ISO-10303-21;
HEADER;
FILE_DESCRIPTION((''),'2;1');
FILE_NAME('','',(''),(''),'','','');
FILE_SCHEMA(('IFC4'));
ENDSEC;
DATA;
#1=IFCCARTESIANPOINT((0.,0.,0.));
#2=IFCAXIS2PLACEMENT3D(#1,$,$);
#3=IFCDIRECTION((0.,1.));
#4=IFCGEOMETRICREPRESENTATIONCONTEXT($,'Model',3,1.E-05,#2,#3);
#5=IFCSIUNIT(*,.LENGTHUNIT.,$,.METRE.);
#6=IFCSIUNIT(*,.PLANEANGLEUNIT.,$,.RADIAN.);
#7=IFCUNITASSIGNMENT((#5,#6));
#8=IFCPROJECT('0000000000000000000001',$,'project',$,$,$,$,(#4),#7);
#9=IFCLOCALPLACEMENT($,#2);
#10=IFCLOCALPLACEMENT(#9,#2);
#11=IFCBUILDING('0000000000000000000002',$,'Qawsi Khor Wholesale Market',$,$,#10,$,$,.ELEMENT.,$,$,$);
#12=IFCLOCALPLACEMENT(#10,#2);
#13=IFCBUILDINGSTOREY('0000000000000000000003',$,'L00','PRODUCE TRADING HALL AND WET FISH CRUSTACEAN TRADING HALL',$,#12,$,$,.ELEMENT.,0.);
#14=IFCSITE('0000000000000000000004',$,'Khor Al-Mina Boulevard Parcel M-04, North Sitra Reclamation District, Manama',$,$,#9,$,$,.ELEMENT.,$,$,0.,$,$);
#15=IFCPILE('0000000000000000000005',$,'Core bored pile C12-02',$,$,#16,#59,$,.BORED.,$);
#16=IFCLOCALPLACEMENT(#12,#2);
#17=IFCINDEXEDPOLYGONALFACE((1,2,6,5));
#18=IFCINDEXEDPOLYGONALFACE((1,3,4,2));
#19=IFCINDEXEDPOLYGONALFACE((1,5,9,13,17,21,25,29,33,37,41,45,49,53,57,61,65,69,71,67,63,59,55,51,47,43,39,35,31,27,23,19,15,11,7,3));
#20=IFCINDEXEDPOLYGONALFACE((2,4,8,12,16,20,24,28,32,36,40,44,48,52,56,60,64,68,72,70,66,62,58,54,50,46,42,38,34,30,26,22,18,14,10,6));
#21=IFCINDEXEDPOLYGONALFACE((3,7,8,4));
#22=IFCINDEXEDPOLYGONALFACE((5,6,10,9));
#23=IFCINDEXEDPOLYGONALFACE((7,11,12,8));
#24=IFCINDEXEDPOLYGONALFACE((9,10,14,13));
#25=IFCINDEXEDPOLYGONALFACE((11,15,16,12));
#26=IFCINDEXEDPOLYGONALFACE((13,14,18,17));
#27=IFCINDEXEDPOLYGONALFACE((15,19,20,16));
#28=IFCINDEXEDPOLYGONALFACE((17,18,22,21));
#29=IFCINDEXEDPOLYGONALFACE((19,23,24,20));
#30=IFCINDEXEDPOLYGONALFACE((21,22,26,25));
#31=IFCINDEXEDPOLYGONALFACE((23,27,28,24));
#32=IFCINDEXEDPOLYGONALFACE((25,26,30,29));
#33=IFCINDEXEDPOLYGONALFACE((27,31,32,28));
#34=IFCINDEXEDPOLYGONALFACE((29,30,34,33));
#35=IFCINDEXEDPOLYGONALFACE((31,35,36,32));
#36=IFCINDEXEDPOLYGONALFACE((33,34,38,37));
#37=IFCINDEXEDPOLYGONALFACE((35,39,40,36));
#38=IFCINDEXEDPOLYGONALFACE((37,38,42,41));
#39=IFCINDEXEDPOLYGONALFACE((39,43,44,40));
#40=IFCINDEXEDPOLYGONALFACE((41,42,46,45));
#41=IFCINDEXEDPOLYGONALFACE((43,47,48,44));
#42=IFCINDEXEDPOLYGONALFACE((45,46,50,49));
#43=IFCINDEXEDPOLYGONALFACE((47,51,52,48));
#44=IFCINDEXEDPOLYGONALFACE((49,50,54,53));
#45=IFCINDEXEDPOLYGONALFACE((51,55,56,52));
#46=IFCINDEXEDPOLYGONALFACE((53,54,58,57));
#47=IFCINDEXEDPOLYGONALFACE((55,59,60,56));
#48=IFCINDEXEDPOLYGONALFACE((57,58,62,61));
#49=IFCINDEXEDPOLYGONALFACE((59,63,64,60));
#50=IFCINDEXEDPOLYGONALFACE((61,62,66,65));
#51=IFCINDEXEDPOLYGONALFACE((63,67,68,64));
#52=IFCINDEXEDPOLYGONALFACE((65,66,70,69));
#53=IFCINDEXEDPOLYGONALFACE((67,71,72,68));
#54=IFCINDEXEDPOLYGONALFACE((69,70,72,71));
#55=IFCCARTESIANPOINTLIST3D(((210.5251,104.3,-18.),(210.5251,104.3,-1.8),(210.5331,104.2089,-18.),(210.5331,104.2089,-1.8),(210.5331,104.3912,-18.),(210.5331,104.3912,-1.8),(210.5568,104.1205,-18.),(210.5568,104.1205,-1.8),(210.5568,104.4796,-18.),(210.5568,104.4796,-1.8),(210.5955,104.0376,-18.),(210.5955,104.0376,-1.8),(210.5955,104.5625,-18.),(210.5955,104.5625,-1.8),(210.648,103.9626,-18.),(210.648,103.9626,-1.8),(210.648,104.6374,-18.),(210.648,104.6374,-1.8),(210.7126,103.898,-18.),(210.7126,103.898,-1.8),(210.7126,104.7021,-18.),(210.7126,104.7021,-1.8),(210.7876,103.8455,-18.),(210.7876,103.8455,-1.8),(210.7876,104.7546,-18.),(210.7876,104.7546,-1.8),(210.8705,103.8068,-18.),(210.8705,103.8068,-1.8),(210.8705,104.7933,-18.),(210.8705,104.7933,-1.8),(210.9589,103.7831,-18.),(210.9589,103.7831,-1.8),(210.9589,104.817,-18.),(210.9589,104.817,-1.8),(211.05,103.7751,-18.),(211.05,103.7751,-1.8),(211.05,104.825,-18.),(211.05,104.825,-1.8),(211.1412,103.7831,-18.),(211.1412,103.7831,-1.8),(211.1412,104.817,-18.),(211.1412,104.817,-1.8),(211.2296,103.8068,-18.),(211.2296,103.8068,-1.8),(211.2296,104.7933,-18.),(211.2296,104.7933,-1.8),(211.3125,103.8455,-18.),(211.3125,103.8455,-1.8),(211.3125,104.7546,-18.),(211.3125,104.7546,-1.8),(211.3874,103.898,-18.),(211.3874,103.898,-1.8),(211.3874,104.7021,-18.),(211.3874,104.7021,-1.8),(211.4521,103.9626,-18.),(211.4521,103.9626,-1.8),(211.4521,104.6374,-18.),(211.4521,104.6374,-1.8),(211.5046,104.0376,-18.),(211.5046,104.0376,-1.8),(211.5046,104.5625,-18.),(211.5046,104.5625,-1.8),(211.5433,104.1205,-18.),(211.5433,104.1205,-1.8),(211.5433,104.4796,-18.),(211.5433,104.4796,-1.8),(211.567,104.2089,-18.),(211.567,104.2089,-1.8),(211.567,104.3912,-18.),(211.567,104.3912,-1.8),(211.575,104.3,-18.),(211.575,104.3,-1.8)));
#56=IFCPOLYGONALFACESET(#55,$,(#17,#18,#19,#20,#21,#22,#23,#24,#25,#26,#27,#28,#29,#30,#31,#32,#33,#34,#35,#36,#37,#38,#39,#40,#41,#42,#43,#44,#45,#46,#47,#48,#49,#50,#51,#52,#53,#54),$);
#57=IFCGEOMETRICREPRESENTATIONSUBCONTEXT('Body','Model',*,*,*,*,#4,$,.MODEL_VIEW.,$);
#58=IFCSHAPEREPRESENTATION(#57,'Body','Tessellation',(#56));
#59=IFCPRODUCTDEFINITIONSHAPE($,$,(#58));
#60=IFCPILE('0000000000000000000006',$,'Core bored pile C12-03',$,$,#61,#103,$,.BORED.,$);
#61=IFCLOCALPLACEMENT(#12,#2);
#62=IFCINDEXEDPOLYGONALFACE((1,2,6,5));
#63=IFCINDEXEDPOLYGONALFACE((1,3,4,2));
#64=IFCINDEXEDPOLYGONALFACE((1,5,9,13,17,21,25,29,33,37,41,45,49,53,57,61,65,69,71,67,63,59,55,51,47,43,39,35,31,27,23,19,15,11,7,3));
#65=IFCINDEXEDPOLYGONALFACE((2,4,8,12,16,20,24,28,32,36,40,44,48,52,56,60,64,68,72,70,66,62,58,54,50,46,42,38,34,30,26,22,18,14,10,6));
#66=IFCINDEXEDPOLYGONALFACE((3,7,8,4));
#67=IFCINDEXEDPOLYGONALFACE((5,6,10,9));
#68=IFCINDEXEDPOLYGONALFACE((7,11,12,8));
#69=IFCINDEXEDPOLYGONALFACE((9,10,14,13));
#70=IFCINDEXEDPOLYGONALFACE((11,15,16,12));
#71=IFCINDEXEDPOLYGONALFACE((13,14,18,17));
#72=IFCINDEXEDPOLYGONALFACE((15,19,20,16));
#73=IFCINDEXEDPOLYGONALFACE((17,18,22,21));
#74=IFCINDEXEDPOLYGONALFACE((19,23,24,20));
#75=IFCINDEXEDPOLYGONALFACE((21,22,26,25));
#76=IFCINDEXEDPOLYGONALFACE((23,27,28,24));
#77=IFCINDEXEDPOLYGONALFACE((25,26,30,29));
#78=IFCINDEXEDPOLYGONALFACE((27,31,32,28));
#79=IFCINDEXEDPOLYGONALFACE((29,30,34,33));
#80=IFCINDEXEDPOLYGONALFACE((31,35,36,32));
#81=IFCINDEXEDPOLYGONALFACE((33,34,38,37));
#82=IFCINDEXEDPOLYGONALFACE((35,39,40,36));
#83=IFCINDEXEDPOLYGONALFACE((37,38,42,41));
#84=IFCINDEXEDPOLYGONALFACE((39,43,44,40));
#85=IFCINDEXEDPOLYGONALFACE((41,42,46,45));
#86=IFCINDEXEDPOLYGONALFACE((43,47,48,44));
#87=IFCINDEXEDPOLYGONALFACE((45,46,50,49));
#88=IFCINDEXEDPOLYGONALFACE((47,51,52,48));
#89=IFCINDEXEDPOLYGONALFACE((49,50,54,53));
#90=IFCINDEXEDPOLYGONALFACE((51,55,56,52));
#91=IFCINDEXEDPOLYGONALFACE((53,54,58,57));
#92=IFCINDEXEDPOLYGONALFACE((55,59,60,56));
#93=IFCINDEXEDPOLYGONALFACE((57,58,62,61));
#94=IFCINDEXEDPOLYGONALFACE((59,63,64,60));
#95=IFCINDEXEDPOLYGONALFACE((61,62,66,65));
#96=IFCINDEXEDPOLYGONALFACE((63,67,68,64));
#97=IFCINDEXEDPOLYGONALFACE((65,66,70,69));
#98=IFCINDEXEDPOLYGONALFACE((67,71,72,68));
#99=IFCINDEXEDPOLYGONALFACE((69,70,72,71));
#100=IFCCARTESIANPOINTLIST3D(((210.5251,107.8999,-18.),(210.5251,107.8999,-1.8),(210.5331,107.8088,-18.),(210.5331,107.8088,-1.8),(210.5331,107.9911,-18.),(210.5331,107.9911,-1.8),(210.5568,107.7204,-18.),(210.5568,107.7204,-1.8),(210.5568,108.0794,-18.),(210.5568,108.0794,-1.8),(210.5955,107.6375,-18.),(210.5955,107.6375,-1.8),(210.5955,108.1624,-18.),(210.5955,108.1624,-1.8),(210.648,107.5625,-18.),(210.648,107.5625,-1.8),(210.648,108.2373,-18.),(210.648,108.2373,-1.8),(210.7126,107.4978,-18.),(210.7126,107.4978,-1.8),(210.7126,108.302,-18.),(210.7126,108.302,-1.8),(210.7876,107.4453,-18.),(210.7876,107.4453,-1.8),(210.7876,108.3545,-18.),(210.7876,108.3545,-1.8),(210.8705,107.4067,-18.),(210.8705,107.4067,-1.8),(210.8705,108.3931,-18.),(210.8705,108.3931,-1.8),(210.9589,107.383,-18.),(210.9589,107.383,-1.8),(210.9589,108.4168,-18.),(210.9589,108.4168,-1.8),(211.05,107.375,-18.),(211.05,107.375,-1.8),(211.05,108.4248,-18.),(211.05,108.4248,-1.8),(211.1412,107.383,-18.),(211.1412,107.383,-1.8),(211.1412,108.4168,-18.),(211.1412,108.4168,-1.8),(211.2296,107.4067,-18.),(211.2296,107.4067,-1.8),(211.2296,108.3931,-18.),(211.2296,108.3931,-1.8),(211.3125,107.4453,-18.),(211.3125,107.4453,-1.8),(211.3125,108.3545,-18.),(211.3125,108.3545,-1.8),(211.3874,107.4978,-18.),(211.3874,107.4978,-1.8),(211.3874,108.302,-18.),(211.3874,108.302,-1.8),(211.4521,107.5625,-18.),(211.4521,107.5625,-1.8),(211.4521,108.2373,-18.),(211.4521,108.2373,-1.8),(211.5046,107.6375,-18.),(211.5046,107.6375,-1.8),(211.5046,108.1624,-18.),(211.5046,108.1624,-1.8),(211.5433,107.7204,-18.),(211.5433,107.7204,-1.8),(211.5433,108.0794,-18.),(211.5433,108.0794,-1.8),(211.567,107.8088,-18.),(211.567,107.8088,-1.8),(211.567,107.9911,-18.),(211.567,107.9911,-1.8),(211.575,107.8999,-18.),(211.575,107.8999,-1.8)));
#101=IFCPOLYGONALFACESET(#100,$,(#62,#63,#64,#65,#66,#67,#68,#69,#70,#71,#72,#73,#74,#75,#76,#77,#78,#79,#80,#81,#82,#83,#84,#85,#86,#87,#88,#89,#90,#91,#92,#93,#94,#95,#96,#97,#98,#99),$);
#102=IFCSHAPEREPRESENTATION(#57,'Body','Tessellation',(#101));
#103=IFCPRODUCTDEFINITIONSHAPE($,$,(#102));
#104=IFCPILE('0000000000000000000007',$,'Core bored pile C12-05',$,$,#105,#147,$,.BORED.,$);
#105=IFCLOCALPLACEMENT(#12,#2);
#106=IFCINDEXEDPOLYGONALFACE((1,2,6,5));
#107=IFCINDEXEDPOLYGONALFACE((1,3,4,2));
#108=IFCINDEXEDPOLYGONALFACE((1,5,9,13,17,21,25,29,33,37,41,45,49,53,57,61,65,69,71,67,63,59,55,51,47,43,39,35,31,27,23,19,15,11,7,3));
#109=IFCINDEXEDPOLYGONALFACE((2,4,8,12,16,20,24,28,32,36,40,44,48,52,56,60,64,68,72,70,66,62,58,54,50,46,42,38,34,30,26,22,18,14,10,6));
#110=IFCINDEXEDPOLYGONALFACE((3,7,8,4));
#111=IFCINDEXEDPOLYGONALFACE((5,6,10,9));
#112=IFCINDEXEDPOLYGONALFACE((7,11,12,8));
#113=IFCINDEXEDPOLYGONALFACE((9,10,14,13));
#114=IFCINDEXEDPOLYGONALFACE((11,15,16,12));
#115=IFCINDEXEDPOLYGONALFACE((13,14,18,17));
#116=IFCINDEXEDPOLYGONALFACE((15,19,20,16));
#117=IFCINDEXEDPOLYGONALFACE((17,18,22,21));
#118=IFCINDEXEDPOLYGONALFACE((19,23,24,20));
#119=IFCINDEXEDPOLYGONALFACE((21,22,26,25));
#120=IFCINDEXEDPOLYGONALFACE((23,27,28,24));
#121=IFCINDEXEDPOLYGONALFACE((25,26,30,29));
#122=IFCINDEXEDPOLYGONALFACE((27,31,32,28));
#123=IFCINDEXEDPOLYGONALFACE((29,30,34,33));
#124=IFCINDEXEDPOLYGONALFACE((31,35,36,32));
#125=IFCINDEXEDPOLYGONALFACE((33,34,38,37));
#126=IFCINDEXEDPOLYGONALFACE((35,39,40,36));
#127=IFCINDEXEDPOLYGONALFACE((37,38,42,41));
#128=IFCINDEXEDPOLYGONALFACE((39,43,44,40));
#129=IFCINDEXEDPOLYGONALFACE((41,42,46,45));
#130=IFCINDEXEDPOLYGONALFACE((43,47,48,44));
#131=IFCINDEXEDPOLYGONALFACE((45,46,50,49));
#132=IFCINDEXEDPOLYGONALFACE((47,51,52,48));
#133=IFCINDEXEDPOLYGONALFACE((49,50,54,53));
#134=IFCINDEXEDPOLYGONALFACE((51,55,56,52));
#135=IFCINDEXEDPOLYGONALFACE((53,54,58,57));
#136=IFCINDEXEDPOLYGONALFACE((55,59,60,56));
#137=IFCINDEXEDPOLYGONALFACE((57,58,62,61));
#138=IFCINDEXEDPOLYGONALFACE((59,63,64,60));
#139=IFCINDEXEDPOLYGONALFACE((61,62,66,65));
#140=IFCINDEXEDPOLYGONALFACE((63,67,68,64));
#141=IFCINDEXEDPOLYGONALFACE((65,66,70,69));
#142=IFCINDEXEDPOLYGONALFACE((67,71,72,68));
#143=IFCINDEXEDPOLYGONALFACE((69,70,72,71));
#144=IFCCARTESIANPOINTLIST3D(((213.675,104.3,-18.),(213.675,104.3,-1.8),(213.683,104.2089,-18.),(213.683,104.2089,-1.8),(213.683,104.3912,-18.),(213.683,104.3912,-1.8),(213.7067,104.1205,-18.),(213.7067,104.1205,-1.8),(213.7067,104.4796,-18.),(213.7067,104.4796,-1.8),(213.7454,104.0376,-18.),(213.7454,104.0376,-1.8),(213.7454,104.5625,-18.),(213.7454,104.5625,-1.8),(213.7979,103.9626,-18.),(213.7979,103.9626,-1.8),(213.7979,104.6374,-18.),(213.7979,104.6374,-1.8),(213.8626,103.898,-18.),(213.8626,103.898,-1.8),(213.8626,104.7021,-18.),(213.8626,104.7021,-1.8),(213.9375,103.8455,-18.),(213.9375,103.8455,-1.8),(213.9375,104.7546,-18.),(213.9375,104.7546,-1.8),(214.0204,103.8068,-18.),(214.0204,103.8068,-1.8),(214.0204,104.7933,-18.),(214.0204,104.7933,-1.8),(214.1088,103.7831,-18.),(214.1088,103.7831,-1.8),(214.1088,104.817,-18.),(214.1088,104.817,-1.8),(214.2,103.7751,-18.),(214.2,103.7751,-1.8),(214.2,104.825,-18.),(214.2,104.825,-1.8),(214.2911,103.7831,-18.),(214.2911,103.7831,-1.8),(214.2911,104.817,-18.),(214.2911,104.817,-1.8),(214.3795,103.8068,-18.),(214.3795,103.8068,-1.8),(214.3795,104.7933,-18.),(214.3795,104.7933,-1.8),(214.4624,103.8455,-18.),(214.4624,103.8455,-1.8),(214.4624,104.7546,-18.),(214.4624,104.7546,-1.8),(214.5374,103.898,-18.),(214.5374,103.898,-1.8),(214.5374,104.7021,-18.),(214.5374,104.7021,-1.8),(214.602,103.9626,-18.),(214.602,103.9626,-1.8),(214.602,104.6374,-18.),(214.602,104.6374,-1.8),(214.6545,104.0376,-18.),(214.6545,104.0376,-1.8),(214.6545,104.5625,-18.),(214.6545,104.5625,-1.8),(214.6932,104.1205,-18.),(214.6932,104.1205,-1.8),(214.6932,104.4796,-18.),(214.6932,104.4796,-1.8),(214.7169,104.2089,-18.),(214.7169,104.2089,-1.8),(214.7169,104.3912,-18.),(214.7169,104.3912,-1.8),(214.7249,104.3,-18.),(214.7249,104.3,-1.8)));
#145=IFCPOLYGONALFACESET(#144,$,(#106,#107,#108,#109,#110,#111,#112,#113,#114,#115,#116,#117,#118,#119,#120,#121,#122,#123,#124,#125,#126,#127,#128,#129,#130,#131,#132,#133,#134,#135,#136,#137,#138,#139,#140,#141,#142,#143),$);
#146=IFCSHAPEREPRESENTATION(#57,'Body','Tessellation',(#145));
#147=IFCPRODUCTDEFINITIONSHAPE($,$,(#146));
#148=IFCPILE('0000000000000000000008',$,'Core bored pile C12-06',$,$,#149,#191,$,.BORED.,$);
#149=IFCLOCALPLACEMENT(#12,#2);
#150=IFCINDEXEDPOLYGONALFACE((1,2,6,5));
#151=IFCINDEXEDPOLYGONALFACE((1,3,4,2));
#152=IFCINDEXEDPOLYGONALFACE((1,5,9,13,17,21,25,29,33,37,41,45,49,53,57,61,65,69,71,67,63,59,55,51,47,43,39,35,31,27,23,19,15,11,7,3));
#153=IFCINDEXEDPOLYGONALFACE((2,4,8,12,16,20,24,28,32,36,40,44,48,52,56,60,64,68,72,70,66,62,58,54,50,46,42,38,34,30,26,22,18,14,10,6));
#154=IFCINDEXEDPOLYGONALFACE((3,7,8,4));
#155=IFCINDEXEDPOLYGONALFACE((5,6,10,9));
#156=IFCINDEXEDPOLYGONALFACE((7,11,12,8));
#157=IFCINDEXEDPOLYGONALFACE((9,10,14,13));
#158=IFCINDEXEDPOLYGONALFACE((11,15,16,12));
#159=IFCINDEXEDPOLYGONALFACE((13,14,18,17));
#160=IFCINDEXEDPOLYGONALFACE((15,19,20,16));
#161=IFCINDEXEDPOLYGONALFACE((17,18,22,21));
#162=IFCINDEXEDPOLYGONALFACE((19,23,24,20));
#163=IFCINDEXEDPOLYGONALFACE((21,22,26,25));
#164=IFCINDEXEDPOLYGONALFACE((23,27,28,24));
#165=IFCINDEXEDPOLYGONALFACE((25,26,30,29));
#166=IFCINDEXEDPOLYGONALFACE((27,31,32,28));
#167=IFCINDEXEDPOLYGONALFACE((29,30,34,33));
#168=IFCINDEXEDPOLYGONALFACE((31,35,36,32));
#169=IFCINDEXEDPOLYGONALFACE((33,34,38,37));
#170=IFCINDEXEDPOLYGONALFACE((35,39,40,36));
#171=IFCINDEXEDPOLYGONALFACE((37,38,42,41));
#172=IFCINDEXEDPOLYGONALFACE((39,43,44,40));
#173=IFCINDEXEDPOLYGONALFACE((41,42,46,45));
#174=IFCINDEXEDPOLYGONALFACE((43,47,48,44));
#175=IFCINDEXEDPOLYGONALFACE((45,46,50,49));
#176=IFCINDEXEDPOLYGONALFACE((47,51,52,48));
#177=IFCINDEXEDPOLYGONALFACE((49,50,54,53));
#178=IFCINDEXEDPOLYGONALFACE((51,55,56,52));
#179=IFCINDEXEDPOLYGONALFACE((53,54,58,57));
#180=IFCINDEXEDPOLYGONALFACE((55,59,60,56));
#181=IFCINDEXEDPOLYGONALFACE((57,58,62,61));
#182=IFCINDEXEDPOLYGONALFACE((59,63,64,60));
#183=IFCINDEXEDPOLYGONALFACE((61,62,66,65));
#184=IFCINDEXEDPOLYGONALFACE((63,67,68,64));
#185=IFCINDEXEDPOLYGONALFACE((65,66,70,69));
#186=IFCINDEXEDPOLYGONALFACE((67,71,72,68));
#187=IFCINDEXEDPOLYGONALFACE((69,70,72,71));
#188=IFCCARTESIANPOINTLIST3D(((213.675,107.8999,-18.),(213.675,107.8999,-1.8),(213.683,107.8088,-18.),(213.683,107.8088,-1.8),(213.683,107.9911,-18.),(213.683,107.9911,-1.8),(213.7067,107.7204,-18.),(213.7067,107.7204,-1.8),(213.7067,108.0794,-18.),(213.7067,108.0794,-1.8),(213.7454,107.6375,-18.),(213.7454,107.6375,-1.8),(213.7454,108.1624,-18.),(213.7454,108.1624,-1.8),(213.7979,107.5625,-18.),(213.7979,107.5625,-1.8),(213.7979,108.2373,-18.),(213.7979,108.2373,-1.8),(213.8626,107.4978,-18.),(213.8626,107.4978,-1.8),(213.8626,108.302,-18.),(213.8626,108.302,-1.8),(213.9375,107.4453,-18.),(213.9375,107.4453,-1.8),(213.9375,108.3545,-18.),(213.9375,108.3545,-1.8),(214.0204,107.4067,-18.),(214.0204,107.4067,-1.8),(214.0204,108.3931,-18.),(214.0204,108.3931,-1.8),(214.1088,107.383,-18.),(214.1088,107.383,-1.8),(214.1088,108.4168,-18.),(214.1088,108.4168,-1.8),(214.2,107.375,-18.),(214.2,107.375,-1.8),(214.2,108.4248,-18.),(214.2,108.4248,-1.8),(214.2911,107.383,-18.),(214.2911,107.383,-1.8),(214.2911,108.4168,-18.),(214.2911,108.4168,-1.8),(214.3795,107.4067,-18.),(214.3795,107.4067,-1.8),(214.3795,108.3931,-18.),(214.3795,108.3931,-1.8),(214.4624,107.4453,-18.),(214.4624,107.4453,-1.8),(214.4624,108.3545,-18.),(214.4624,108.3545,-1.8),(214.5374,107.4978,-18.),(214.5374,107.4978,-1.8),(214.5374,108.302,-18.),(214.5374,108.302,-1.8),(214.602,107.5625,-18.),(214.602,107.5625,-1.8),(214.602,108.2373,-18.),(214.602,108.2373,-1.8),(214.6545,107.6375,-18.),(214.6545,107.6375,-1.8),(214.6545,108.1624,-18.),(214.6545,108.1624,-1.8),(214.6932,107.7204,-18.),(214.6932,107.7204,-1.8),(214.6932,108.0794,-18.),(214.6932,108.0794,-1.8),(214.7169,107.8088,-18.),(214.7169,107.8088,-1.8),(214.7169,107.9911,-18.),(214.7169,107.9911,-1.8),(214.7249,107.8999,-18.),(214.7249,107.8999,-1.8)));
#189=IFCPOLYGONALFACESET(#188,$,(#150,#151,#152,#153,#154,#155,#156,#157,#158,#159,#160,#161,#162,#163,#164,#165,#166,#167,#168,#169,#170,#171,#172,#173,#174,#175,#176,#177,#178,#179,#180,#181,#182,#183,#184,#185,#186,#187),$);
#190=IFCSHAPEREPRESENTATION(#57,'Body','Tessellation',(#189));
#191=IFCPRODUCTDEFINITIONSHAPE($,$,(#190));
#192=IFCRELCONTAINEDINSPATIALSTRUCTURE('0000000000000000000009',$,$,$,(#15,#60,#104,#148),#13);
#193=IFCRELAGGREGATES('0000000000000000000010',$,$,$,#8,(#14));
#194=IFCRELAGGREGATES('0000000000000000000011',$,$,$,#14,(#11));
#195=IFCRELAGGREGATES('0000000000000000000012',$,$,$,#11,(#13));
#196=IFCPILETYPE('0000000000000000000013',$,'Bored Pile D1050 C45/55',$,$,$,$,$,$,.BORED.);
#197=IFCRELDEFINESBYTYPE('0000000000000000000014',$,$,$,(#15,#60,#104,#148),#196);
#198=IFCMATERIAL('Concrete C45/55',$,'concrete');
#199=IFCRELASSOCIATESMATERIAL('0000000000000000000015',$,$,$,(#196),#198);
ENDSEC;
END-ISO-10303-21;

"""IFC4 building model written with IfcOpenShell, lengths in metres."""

from ifc_helpers import new_model, si_unit, direction, frame, origin, origin_2d, place, context, subcontext, project, spatial, circle, extrude, material, material_profile, profile_set, type_object, element, save


model = new_model("IFC4")

# Units and contexts
model_context = context("Model", 3, precision=1e-05, world=origin(), true_north=direction((0.0, 1.0)))
body_context = subcontext(model_context, "Body", "Model", "MODEL_VIEW")
ifc_project = project(units=[si_unit("LENGTHUNIT", "METRE"), si_unit("PLANEANGLEUNIT", "RADIAN")], contexts=[model_context])

# Site, building, storey
site_placement = place(None, origin())
site = spatial("IfcSite", under=ifc_project, at=site_placement, Name="Khor Al-Mina Boulevard Parcel M-04, North Sitra Reclamation District, Manama", CompositionType="ELEMENT", RefElevation=0.0)
building_placement = place(site_placement, origin())
building = spatial("IfcBuilding", under=site, at=building_placement, Name="Qawsi Khor Wholesale Market", CompositionType="ELEMENT")
storey_placement = place(building_placement, origin())
storey = spatial("IfcBuildingStorey", under=building, at=storey_placement, Name="L00", Description="PRODUCE TRADING HALL AND WET FISH CRUSTACEAN TRADING HALL", CompositionType="ELEMENT", Elevation=0.0)

# Piles
ifc_material_1 = material(Name="Concrete C45/55", Category="concrete")
ifc_material_profile_1 = material_profile(ifc_material_1, circle(Radius=0.5249, at=origin_2d()), Name="PILE D1050")
ifc_profile_set_1 = profile_set([ifc_material_profile_1], Name="Concrete C45/55")
pile_type_1 = type_object("IfcPileType", Name="Bored Pile D1050 C45/55", PredefinedType="BORED", material=ifc_profile_set_1)
for number, where, z_axis, x_axis, name in (
    (1, (211.05, 104.3, -1.8), (0.0, 0.0, -1.0), (1.0, 0.0, 0.0), "Core bored pile C12-02"),
    (2, (211.05, 107.8999, -1.8), (0.0, 0.0, -1.0), (1.0, 0.0, 0.0), "Core bored pile C12-03"),
    (3, (214.2, 104.3, -1.8), (0.0, 0.0, -1.0), (1.0, 0.0, 0.0), "Core bored pile C12-05"),
    (4, (214.2, 107.8999, -1.8), (0.0, 0.0, -1.0), (1.0, 0.0, 0.0), "Core bored pile C12-06"),
):
    element("IfcPile", number, at=place(storey_placement, frame(where, z_axis=z_axis, x_axis=x_axis)), inside=storey, type_object=pile_type_1, Name=name, PredefinedType="BORED", context=body_context, shape_type="SweptSolid", body=[
        extrude(circle(Radius=0.5249, at=origin_2d()), origin(), (0.0, 0.0, 1.0), 16.2),
    ])

save(model, "model.ifc")
